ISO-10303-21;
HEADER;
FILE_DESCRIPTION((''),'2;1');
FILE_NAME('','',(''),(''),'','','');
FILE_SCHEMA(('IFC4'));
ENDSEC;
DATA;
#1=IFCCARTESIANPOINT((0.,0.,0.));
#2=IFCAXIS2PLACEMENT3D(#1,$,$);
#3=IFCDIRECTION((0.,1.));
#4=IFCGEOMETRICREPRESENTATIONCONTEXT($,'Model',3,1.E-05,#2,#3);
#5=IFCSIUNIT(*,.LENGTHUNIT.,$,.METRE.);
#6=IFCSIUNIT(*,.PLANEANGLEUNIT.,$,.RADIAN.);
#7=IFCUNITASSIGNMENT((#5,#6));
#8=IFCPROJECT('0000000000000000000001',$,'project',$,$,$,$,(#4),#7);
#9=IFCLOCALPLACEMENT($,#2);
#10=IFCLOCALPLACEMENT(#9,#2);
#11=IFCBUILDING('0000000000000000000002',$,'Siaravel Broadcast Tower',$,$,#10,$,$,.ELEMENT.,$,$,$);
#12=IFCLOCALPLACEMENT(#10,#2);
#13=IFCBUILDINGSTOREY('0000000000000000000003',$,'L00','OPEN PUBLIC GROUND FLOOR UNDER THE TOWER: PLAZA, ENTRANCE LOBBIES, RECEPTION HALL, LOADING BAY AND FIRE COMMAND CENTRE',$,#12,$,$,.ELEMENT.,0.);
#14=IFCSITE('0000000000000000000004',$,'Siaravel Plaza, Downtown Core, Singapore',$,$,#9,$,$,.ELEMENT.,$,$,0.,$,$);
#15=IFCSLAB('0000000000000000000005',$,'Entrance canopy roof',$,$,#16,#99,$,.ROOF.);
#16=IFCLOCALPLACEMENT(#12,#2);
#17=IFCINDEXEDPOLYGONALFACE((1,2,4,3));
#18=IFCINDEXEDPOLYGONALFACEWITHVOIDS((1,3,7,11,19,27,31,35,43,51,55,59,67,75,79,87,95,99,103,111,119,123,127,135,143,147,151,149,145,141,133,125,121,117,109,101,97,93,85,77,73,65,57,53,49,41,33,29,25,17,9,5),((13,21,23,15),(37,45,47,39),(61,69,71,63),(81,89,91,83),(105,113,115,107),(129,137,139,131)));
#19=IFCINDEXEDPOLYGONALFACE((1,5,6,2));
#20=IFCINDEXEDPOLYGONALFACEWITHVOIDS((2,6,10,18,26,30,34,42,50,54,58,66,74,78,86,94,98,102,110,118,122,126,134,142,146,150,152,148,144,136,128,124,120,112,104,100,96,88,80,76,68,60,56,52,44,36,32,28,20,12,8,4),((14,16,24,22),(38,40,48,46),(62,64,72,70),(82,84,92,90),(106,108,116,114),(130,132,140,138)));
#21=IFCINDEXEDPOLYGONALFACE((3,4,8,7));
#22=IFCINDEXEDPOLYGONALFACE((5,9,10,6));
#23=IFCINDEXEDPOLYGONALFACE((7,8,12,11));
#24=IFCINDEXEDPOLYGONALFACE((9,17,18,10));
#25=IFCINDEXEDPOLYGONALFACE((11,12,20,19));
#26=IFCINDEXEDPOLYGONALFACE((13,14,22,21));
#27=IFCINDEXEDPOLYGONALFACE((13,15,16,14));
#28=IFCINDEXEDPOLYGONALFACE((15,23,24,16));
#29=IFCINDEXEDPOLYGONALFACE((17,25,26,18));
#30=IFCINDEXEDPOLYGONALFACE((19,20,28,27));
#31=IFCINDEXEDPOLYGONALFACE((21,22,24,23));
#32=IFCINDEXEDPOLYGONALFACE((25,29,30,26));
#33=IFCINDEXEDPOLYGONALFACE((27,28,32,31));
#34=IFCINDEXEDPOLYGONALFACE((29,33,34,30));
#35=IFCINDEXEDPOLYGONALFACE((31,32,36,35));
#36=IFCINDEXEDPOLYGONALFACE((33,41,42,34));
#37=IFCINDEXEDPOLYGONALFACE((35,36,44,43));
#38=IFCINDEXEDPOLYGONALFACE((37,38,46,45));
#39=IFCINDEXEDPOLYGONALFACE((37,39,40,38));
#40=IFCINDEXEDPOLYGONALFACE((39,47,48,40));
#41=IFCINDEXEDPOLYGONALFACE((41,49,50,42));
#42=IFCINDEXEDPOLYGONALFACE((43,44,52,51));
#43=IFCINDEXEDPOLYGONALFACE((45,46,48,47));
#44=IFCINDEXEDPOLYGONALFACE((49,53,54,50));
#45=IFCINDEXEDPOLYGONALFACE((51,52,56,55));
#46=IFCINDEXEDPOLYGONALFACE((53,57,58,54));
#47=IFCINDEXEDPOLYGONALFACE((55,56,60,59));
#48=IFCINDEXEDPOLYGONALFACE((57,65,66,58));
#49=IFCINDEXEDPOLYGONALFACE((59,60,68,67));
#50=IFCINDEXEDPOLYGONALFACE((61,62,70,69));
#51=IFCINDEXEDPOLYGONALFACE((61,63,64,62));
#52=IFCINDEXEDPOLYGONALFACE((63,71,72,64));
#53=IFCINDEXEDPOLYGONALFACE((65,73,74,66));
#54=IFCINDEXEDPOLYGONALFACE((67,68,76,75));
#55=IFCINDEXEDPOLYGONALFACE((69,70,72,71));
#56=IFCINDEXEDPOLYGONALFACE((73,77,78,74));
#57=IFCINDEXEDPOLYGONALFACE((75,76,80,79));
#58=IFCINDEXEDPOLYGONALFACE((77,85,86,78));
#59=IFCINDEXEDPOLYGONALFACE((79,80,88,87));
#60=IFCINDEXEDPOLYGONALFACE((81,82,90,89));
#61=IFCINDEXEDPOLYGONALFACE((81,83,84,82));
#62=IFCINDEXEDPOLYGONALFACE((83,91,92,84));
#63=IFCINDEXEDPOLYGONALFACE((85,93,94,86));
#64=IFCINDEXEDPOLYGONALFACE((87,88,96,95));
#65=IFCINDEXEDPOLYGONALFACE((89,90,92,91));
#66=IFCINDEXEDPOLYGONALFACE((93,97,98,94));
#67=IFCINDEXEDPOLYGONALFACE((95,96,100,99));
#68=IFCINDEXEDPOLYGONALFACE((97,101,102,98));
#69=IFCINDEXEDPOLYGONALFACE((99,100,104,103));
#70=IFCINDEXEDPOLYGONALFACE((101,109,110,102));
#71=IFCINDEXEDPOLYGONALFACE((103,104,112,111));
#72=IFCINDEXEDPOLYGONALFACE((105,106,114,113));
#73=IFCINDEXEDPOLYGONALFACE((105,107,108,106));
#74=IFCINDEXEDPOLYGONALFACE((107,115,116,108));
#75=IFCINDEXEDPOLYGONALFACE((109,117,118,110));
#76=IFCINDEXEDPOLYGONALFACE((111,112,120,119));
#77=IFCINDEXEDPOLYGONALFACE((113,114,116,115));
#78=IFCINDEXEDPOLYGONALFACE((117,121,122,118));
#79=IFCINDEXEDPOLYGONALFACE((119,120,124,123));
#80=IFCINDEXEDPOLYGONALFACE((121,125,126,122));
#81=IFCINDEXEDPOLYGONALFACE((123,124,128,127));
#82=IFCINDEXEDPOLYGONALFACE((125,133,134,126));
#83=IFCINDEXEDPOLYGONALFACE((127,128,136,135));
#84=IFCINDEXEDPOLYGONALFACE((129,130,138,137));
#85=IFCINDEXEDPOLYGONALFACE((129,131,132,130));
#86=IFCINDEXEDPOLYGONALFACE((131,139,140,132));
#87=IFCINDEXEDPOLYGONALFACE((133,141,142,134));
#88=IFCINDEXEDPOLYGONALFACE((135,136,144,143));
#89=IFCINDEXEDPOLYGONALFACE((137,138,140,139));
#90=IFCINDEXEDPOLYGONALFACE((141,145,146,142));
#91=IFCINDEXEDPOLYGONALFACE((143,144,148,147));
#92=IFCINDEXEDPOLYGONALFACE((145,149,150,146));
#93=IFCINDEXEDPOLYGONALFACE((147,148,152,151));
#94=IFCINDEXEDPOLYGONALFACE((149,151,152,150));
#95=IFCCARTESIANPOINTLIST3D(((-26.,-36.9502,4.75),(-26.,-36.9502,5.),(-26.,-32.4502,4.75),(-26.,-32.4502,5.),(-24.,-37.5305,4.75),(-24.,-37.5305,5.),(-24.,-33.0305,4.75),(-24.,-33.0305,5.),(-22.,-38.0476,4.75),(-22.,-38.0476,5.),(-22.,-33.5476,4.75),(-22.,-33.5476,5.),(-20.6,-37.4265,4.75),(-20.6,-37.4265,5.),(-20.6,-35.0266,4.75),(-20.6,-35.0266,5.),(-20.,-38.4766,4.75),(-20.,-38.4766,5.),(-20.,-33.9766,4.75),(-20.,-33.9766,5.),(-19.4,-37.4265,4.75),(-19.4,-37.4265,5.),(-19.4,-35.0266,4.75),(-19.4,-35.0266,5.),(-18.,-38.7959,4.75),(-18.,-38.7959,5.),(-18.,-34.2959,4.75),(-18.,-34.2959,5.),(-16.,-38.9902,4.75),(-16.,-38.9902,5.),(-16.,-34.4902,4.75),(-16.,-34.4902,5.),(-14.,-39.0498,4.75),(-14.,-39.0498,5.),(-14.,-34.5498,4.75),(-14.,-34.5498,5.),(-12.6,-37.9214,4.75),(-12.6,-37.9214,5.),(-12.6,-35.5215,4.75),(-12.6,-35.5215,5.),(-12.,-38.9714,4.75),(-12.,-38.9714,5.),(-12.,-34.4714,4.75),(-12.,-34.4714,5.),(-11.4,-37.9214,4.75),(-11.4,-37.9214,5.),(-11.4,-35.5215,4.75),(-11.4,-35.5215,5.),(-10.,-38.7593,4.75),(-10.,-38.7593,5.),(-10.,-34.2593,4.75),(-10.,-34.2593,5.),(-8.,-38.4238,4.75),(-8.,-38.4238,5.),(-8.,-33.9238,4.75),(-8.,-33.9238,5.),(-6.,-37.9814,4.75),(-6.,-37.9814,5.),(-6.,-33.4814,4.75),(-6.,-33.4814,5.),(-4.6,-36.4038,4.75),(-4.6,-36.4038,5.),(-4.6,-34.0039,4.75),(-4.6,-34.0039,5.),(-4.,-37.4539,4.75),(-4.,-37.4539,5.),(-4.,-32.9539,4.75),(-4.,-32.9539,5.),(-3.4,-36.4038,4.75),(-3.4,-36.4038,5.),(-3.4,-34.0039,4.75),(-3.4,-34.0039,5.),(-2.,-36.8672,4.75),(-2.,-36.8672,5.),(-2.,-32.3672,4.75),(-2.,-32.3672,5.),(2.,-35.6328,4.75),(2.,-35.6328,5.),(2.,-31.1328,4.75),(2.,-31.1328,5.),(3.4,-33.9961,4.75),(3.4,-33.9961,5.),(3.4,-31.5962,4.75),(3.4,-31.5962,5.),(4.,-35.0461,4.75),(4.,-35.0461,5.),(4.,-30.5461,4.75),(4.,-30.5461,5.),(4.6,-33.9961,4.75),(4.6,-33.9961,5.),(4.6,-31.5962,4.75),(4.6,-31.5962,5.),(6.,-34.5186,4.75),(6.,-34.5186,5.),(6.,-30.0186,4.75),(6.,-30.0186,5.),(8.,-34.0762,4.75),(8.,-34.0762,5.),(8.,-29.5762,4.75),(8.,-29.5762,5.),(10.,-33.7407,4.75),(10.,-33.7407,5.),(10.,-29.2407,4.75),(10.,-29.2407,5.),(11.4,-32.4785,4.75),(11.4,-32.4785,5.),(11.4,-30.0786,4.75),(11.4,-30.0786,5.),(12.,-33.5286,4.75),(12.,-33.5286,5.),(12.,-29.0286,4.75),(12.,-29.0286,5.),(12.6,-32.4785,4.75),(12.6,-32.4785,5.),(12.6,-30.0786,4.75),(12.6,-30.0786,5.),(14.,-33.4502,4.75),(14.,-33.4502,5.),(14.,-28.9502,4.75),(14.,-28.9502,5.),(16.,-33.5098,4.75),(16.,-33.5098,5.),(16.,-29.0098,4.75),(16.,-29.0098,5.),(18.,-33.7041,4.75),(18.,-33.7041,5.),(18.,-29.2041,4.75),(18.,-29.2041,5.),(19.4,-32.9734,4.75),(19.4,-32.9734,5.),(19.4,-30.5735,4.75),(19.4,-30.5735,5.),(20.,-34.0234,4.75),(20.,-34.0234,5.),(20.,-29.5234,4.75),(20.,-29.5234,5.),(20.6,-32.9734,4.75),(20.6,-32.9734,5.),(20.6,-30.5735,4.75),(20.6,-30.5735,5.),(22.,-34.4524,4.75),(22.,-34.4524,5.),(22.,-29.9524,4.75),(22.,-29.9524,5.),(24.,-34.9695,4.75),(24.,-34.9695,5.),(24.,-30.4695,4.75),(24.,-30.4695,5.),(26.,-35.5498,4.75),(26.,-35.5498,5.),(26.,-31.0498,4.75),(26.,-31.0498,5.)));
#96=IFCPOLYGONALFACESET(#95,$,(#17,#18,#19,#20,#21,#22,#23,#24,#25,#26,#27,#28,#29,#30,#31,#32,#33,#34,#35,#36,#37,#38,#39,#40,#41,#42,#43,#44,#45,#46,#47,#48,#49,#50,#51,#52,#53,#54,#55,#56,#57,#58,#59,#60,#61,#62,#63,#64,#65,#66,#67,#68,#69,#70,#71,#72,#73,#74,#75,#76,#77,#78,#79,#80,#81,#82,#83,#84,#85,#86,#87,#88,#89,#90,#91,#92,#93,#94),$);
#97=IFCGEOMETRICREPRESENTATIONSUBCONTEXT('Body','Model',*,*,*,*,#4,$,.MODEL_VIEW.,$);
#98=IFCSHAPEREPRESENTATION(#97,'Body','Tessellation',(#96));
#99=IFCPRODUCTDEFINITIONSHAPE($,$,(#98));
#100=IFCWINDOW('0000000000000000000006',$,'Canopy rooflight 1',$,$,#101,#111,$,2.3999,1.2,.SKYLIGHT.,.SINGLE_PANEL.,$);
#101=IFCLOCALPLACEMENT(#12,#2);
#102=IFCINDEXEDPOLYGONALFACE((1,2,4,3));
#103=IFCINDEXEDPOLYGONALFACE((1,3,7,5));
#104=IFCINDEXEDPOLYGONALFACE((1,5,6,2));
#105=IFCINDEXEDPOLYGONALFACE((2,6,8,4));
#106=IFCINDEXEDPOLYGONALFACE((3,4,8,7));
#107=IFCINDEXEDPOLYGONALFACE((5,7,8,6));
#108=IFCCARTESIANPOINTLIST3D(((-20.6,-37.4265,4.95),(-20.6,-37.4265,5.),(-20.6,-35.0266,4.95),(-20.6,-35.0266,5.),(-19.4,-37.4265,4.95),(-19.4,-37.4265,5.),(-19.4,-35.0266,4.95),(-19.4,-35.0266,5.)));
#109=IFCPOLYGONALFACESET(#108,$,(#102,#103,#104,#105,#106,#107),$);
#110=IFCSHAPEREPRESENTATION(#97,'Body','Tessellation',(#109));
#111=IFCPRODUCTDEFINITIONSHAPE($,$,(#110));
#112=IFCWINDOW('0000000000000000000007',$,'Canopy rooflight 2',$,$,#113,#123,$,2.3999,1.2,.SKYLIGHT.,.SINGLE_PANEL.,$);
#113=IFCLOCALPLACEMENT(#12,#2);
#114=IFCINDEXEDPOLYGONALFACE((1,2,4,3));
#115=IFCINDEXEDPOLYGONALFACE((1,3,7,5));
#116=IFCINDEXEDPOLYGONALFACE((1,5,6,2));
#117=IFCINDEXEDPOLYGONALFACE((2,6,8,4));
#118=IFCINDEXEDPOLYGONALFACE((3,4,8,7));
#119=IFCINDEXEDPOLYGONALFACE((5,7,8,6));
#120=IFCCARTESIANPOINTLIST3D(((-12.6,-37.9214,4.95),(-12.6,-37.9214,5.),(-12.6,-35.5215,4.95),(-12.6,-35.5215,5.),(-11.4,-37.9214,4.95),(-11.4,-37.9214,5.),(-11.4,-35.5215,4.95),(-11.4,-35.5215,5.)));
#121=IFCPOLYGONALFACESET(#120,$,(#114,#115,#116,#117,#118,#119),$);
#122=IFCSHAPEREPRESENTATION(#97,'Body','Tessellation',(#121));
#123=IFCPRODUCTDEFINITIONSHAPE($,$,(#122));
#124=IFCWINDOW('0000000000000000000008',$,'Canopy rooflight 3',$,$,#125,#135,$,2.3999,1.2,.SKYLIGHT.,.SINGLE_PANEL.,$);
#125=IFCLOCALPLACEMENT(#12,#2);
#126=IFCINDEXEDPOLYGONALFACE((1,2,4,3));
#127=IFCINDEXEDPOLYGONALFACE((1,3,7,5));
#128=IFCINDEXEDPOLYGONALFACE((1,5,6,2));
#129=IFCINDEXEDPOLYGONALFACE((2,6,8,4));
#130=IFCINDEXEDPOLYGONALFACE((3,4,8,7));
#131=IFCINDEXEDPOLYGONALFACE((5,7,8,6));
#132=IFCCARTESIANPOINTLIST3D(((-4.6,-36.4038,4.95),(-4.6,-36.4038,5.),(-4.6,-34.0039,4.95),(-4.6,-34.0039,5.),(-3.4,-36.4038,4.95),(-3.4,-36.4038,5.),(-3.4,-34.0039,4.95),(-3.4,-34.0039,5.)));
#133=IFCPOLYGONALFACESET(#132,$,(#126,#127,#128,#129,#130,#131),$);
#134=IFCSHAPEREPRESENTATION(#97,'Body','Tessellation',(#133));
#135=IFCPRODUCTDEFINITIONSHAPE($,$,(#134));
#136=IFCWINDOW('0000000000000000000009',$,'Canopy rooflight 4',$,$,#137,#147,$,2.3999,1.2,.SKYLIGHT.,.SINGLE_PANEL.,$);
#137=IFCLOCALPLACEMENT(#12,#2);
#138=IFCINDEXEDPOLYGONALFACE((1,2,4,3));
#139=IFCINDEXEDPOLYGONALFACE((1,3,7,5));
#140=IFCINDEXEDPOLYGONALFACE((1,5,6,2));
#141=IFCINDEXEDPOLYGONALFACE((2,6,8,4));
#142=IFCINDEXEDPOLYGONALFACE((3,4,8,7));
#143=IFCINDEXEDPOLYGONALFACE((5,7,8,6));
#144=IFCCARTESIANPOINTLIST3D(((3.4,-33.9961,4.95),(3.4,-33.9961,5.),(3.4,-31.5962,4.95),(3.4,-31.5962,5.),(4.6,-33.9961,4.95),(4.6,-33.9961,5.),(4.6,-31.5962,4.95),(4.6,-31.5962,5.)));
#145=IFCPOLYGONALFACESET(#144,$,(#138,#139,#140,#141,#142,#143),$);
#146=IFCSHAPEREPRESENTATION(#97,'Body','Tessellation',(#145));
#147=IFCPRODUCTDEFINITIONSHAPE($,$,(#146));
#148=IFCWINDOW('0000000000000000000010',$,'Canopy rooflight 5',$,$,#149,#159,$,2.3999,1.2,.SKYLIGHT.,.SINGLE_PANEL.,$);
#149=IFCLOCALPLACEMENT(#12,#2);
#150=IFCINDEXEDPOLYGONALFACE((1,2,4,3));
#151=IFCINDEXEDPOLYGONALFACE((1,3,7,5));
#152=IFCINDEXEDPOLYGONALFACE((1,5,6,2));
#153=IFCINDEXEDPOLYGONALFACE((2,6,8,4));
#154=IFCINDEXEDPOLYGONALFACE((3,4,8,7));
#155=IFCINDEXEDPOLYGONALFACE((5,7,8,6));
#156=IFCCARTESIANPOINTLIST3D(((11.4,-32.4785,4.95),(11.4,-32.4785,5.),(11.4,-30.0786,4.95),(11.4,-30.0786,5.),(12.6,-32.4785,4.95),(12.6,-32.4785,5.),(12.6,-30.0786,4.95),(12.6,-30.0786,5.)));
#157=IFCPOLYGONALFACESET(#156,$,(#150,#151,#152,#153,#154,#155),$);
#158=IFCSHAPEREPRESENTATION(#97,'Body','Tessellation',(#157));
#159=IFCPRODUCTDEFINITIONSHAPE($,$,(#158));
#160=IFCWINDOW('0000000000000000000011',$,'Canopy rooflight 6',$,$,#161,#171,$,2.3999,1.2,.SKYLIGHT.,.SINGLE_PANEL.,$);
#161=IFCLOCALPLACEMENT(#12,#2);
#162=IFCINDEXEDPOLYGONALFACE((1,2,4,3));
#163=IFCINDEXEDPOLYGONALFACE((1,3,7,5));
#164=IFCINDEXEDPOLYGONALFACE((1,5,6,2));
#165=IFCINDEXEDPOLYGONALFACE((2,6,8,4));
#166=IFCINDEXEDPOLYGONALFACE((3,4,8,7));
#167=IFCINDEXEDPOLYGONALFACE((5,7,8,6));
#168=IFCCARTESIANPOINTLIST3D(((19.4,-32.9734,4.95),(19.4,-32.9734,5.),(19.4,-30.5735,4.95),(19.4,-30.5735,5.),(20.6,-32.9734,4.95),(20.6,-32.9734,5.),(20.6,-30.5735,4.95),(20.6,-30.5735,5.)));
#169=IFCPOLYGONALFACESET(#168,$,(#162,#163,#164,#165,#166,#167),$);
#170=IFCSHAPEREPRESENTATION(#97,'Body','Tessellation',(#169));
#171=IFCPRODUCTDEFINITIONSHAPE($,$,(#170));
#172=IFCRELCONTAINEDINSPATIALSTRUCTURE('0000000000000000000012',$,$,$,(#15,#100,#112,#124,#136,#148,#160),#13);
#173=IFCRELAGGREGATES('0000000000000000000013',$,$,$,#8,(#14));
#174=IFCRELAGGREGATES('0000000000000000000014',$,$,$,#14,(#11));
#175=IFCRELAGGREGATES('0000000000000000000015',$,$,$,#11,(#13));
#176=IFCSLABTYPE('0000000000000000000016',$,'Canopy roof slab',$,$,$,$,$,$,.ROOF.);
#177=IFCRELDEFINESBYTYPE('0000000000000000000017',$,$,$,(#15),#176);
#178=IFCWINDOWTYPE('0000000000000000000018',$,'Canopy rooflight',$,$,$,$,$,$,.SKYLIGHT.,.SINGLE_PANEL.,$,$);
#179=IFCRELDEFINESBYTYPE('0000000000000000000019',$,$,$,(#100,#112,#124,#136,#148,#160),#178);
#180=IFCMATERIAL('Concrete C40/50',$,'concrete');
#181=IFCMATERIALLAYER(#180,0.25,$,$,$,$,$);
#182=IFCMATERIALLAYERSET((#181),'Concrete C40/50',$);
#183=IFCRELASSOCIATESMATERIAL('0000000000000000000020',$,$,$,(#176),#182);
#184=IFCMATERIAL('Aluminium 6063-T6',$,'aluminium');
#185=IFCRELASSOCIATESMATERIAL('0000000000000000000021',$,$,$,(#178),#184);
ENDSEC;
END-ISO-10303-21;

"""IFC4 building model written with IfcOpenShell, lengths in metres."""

from ifc_helpers import new_model, si_unit, direction, frame, origin, origin_2d, place, context, subcontext, project, spatial, polyline, rectangle, outline, extrude, material, layer, layer_set, type_object, element, fill, save


model = new_model("IFC4")

# Units and contexts
model_context = context("Model", 3, precision=1e-05, world=origin(), true_north=direction((0.0, 1.0)))
body_context = subcontext(model_context, "Body", "Model", "MODEL_VIEW")
ifc_project = project(units=[si_unit("LENGTHUNIT", "METRE"), si_unit("PLANEANGLEUNIT", "RADIAN")], contexts=[model_context])

# Site, building, storey
site_placement = place(None, origin())
site = spatial("IfcSite", under=ifc_project, at=site_placement, Name="Siaravel Plaza, Downtown Core, Singapore", CompositionType="ELEMENT", RefElevation=0.0)
building_placement = place(site_placement, origin())
building = spatial("IfcBuilding", under=site, at=building_placement, Name="Siaravel Broadcast Tower", CompositionType="ELEMENT")
storey_placement = place(building_placement, origin())
storey = spatial("IfcBuildingStorey", under=building, at=storey_placement, Name="L00", Description="OPEN PUBLIC GROUND FLOOR UNDER THE TOWER: PLAZA, ENTRANCE LOBBIES, RECEPTION HALL, LOADING BAY AND FIRE COMMAND CENTRE", CompositionType="ELEMENT", Elevation=0.0)

# Slab, openings, windows
ifc_material_1 = material(Name="Concrete C40/50", Category="concrete")
ifc_layer_1 = layer(ifc_material_1, 0.25)
ifc_layer_set_1 = layer_set([ifc_layer_1], Name="Concrete C40/50")
slab_type_1 = type_object("IfcSlabType", Name="Canopy roof slab", PredefinedType="ROOF", material=ifc_layer_set_1)
slab_1_placement = place(storey_placement, frame((0.0, 0.0, 4.75)))
slab_1 = element("IfcSlab", 1, at=slab_1_placement, inside=storey, type_object=slab_type_1, Name="Entrance canopy roof", PredefinedType="ROOF", context=body_context, shape_type="SweptSolid", body=[
    extrude(outline(polyline([(-26.0, -32.4502), (-24.0, -33.0305), (-22.0, -33.5476), (-20.0, -33.9766), (-18.0, -34.2959), (-16.0, -34.4902), (-14.0, -34.5498), (-12.0, -34.4714), (-10.0, -34.2593), (-8.0, -33.9238), (-6.0, -33.4814), (-4.0, -32.9539), (-2.0, -32.3672), (0.0, -31.75), (2.0, -31.1328), (4.0, -30.5461), (6.0, -30.0186), (8.0, -29.5762), (10.0, -29.2407), (12.0, -29.0286), (14.0, -28.9502), (16.0, -29.0098), (18.0, -29.2041), (20.0, -29.5234), (22.0, -29.9524), (24.0, -30.4695), (26.0, -31.0498), (26.0, -35.5498), (24.0, -34.9695), (22.0, -34.4524), (20.0, -34.0234), (18.0, -33.7041), (16.0, -33.5098), (14.0, -33.4502), (12.0, -33.5286), (10.0, -33.7407), (8.0, -34.0762), (6.0, -34.5186), (4.0, -35.0461), (2.0, -35.6328), (0.0, -36.25), (-2.0, -36.8672), (-4.0, -37.4539), (-6.0, -37.9814), (-8.0, -38.4238), (-10.0, -38.7593), (-12.0, -38.9714), (-14.0, -39.0498), (-16.0, -38.9902), (-18.0, -38.7959), (-20.0, -38.4766), (-22.0, -38.0476), (-24.0, -37.5305), (-26.0, -36.9502), (-26.0, -32.4502)])), origin(), (0.0, 0.0, 1.0), 0.25),
])
opening_1_placement = place(slab_1_placement, frame((-20.0, -36.2266, 0.0)))
opening_1 = element("IfcOpeningElement", 2, at=opening_1_placement, cuts=slab_1, PredefinedType="OPENING", context=body_context, shape_type="SweptSolid", body=[
    extrude(rectangle(XDim=1.2, YDim=2.3999, at=origin_2d()), origin(), (0.0, 0.0, 1.0), 0.25),
])
opening_2_placement = place(slab_1_placement, frame((-12.0, -36.7214, 0.0)))
opening_2 = element("IfcOpeningElement", 3, at=opening_2_placement, cuts=slab_1, PredefinedType="OPENING", context=body_context, shape_type="SweptSolid", body=[
    extrude(rectangle(XDim=1.2, YDim=2.3999, at=origin_2d()), origin(), (0.0, 0.0, 1.0), 0.25),
])
opening_3_placement = place(slab_1_placement, frame((-4.0, -35.2039, 0.0)))
opening_3 = element("IfcOpeningElement", 4, at=opening_3_placement, cuts=slab_1, PredefinedType="OPENING", context=body_context, shape_type="SweptSolid", body=[
    extrude(rectangle(XDim=1.2, YDim=2.3999, at=origin_2d()), origin(), (0.0, 0.0, 1.0), 0.25),
])
opening_4_placement = place(slab_1_placement, frame((4.0, -32.7961, 0.0)))
opening_4 = element("IfcOpeningElement", 5, at=opening_4_placement, cuts=slab_1, PredefinedType="OPENING", context=body_context, shape_type="SweptSolid", body=[
    extrude(rectangle(XDim=1.2, YDim=2.3999, at=origin_2d()), origin(), (0.0, 0.0, 1.0), 0.25),
])
opening_5_placement = place(slab_1_placement, frame((12.0, -31.2786, 0.0)))
opening_5 = element("IfcOpeningElement", 6, at=opening_5_placement, cuts=slab_1, PredefinedType="OPENING", context=body_context, shape_type="SweptSolid", body=[
    extrude(rectangle(XDim=1.2, YDim=2.3999, at=origin_2d()), origin(), (0.0, 0.0, 1.0), 0.25),
])
opening_6_placement = place(slab_1_placement, frame((20.0, -31.7734, 0.0)))
opening_6 = element("IfcOpeningElement", 7, at=opening_6_placement, cuts=slab_1, PredefinedType="OPENING", context=body_context, shape_type="SweptSolid", body=[
    extrude(rectangle(XDim=1.2, YDim=2.3999, at=origin_2d()), origin(), (0.0, 0.0, 1.0), 0.25),
])
ifc_material_2 = material(Name="Aluminium 6063-T6", Category="aluminium")
window_type = type_object("IfcWindowType", Name="Canopy rooflight", PartitioningType="SINGLE_PANEL", PredefinedType="SKYLIGHT", material=ifc_material_2)
window_1_placement = place(opening_1_placement, frame((0.0, 0.0, 0.2)))
window_1 = element("IfcWindow", 8, at=window_1_placement, inside=storey, type_object=window_type, Name="Canopy rooflight 1", OverallHeight=2.3999, OverallWidth=1.2, PartitioningType="SINGLE_PANEL", PredefinedType="SKYLIGHT", context=body_context, shape_type="SweptSolid", body=[
    extrude(rectangle(XDim=1.2, YDim=2.3999, at=origin_2d()), origin(), (0.0, 0.0, 1.0), 0.05),
])
fill(opening_1, window_1)
window_2_placement = place(opening_2_placement, frame((0.0, 0.0, 0.2)))
window_2 = element("IfcWindow", 9, at=window_2_placement, inside=storey, type_object=window_type, Name="Canopy rooflight 2", OverallHeight=2.3999, OverallWidth=1.2, PartitioningType="SINGLE_PANEL", PredefinedType="SKYLIGHT", context=body_context, shape_type="SweptSolid", body=[
    extrude(rectangle(XDim=1.2, YDim=2.3999, at=origin_2d()), origin(), (0.0, 0.0, 1.0), 0.05),
])
fill(opening_2, window_2)
window_3_placement = place(opening_3_placement, frame((0.0, 0.0, 0.2)))
window_3 = element("IfcWindow", 10, at=window_3_placement, inside=storey, type_object=window_type, Name="Canopy rooflight 3", OverallHeight=2.3999, OverallWidth=1.2, PartitioningType="SINGLE_PANEL", PredefinedType="SKYLIGHT", context=body_context, shape_type="SweptSolid", body=[
    extrude(rectangle(XDim=1.2, YDim=2.3999, at=origin_2d()), origin(), (0.0, 0.0, 1.0), 0.05),
])
fill(opening_3, window_3)
window_4_placement = place(opening_4_placement, frame((0.0, 0.0, 0.2)))
window_4 = element("IfcWindow", 11, at=window_4_placement, inside=storey, type_object=window_type, Name="Canopy rooflight 4", OverallHeight=2.3999, OverallWidth=1.2, PartitioningType="SINGLE_PANEL", PredefinedType="SKYLIGHT", context=body_context, shape_type="SweptSolid", body=[
    extrude(rectangle(XDim=1.2, YDim=2.3999, at=origin_2d()), origin(), (0.0, 0.0, 1.0), 0.05),
])
fill(opening_4, window_4)
window_5_placement = place(opening_5_placement, frame((0.0, 0.0, 0.2)))
window_5 = element("IfcWindow", 12, at=window_5_placement, inside=storey, type_object=window_type, Name="Canopy rooflight 5", OverallHeight=2.3999, OverallWidth=1.2, PartitioningType="SINGLE_PANEL", PredefinedType="SKYLIGHT", context=body_context, shape_type="SweptSolid", body=[
    extrude(rectangle(XDim=1.2, YDim=2.3999, at=origin_2d()), origin(), (0.0, 0.0, 1.0), 0.05),
])
fill(opening_5, window_5)
window_6_placement = place(opening_6_placement, frame((0.0, 0.0, 0.2)))
window_6 = element("IfcWindow", 13, at=window_6_placement, inside=storey, type_object=window_type, Name="Canopy rooflight 6", OverallHeight=2.3999, OverallWidth=1.2, PartitioningType="SINGLE_PANEL", PredefinedType="SKYLIGHT", context=body_context, shape_type="SweptSolid", body=[
    extrude(rectangle(XDim=1.2, YDim=2.3999, at=origin_2d()), origin(), (0.0, 0.0, 1.0), 0.05),
])
fill(opening_6, window_6)

save(model, "model.ifc")
